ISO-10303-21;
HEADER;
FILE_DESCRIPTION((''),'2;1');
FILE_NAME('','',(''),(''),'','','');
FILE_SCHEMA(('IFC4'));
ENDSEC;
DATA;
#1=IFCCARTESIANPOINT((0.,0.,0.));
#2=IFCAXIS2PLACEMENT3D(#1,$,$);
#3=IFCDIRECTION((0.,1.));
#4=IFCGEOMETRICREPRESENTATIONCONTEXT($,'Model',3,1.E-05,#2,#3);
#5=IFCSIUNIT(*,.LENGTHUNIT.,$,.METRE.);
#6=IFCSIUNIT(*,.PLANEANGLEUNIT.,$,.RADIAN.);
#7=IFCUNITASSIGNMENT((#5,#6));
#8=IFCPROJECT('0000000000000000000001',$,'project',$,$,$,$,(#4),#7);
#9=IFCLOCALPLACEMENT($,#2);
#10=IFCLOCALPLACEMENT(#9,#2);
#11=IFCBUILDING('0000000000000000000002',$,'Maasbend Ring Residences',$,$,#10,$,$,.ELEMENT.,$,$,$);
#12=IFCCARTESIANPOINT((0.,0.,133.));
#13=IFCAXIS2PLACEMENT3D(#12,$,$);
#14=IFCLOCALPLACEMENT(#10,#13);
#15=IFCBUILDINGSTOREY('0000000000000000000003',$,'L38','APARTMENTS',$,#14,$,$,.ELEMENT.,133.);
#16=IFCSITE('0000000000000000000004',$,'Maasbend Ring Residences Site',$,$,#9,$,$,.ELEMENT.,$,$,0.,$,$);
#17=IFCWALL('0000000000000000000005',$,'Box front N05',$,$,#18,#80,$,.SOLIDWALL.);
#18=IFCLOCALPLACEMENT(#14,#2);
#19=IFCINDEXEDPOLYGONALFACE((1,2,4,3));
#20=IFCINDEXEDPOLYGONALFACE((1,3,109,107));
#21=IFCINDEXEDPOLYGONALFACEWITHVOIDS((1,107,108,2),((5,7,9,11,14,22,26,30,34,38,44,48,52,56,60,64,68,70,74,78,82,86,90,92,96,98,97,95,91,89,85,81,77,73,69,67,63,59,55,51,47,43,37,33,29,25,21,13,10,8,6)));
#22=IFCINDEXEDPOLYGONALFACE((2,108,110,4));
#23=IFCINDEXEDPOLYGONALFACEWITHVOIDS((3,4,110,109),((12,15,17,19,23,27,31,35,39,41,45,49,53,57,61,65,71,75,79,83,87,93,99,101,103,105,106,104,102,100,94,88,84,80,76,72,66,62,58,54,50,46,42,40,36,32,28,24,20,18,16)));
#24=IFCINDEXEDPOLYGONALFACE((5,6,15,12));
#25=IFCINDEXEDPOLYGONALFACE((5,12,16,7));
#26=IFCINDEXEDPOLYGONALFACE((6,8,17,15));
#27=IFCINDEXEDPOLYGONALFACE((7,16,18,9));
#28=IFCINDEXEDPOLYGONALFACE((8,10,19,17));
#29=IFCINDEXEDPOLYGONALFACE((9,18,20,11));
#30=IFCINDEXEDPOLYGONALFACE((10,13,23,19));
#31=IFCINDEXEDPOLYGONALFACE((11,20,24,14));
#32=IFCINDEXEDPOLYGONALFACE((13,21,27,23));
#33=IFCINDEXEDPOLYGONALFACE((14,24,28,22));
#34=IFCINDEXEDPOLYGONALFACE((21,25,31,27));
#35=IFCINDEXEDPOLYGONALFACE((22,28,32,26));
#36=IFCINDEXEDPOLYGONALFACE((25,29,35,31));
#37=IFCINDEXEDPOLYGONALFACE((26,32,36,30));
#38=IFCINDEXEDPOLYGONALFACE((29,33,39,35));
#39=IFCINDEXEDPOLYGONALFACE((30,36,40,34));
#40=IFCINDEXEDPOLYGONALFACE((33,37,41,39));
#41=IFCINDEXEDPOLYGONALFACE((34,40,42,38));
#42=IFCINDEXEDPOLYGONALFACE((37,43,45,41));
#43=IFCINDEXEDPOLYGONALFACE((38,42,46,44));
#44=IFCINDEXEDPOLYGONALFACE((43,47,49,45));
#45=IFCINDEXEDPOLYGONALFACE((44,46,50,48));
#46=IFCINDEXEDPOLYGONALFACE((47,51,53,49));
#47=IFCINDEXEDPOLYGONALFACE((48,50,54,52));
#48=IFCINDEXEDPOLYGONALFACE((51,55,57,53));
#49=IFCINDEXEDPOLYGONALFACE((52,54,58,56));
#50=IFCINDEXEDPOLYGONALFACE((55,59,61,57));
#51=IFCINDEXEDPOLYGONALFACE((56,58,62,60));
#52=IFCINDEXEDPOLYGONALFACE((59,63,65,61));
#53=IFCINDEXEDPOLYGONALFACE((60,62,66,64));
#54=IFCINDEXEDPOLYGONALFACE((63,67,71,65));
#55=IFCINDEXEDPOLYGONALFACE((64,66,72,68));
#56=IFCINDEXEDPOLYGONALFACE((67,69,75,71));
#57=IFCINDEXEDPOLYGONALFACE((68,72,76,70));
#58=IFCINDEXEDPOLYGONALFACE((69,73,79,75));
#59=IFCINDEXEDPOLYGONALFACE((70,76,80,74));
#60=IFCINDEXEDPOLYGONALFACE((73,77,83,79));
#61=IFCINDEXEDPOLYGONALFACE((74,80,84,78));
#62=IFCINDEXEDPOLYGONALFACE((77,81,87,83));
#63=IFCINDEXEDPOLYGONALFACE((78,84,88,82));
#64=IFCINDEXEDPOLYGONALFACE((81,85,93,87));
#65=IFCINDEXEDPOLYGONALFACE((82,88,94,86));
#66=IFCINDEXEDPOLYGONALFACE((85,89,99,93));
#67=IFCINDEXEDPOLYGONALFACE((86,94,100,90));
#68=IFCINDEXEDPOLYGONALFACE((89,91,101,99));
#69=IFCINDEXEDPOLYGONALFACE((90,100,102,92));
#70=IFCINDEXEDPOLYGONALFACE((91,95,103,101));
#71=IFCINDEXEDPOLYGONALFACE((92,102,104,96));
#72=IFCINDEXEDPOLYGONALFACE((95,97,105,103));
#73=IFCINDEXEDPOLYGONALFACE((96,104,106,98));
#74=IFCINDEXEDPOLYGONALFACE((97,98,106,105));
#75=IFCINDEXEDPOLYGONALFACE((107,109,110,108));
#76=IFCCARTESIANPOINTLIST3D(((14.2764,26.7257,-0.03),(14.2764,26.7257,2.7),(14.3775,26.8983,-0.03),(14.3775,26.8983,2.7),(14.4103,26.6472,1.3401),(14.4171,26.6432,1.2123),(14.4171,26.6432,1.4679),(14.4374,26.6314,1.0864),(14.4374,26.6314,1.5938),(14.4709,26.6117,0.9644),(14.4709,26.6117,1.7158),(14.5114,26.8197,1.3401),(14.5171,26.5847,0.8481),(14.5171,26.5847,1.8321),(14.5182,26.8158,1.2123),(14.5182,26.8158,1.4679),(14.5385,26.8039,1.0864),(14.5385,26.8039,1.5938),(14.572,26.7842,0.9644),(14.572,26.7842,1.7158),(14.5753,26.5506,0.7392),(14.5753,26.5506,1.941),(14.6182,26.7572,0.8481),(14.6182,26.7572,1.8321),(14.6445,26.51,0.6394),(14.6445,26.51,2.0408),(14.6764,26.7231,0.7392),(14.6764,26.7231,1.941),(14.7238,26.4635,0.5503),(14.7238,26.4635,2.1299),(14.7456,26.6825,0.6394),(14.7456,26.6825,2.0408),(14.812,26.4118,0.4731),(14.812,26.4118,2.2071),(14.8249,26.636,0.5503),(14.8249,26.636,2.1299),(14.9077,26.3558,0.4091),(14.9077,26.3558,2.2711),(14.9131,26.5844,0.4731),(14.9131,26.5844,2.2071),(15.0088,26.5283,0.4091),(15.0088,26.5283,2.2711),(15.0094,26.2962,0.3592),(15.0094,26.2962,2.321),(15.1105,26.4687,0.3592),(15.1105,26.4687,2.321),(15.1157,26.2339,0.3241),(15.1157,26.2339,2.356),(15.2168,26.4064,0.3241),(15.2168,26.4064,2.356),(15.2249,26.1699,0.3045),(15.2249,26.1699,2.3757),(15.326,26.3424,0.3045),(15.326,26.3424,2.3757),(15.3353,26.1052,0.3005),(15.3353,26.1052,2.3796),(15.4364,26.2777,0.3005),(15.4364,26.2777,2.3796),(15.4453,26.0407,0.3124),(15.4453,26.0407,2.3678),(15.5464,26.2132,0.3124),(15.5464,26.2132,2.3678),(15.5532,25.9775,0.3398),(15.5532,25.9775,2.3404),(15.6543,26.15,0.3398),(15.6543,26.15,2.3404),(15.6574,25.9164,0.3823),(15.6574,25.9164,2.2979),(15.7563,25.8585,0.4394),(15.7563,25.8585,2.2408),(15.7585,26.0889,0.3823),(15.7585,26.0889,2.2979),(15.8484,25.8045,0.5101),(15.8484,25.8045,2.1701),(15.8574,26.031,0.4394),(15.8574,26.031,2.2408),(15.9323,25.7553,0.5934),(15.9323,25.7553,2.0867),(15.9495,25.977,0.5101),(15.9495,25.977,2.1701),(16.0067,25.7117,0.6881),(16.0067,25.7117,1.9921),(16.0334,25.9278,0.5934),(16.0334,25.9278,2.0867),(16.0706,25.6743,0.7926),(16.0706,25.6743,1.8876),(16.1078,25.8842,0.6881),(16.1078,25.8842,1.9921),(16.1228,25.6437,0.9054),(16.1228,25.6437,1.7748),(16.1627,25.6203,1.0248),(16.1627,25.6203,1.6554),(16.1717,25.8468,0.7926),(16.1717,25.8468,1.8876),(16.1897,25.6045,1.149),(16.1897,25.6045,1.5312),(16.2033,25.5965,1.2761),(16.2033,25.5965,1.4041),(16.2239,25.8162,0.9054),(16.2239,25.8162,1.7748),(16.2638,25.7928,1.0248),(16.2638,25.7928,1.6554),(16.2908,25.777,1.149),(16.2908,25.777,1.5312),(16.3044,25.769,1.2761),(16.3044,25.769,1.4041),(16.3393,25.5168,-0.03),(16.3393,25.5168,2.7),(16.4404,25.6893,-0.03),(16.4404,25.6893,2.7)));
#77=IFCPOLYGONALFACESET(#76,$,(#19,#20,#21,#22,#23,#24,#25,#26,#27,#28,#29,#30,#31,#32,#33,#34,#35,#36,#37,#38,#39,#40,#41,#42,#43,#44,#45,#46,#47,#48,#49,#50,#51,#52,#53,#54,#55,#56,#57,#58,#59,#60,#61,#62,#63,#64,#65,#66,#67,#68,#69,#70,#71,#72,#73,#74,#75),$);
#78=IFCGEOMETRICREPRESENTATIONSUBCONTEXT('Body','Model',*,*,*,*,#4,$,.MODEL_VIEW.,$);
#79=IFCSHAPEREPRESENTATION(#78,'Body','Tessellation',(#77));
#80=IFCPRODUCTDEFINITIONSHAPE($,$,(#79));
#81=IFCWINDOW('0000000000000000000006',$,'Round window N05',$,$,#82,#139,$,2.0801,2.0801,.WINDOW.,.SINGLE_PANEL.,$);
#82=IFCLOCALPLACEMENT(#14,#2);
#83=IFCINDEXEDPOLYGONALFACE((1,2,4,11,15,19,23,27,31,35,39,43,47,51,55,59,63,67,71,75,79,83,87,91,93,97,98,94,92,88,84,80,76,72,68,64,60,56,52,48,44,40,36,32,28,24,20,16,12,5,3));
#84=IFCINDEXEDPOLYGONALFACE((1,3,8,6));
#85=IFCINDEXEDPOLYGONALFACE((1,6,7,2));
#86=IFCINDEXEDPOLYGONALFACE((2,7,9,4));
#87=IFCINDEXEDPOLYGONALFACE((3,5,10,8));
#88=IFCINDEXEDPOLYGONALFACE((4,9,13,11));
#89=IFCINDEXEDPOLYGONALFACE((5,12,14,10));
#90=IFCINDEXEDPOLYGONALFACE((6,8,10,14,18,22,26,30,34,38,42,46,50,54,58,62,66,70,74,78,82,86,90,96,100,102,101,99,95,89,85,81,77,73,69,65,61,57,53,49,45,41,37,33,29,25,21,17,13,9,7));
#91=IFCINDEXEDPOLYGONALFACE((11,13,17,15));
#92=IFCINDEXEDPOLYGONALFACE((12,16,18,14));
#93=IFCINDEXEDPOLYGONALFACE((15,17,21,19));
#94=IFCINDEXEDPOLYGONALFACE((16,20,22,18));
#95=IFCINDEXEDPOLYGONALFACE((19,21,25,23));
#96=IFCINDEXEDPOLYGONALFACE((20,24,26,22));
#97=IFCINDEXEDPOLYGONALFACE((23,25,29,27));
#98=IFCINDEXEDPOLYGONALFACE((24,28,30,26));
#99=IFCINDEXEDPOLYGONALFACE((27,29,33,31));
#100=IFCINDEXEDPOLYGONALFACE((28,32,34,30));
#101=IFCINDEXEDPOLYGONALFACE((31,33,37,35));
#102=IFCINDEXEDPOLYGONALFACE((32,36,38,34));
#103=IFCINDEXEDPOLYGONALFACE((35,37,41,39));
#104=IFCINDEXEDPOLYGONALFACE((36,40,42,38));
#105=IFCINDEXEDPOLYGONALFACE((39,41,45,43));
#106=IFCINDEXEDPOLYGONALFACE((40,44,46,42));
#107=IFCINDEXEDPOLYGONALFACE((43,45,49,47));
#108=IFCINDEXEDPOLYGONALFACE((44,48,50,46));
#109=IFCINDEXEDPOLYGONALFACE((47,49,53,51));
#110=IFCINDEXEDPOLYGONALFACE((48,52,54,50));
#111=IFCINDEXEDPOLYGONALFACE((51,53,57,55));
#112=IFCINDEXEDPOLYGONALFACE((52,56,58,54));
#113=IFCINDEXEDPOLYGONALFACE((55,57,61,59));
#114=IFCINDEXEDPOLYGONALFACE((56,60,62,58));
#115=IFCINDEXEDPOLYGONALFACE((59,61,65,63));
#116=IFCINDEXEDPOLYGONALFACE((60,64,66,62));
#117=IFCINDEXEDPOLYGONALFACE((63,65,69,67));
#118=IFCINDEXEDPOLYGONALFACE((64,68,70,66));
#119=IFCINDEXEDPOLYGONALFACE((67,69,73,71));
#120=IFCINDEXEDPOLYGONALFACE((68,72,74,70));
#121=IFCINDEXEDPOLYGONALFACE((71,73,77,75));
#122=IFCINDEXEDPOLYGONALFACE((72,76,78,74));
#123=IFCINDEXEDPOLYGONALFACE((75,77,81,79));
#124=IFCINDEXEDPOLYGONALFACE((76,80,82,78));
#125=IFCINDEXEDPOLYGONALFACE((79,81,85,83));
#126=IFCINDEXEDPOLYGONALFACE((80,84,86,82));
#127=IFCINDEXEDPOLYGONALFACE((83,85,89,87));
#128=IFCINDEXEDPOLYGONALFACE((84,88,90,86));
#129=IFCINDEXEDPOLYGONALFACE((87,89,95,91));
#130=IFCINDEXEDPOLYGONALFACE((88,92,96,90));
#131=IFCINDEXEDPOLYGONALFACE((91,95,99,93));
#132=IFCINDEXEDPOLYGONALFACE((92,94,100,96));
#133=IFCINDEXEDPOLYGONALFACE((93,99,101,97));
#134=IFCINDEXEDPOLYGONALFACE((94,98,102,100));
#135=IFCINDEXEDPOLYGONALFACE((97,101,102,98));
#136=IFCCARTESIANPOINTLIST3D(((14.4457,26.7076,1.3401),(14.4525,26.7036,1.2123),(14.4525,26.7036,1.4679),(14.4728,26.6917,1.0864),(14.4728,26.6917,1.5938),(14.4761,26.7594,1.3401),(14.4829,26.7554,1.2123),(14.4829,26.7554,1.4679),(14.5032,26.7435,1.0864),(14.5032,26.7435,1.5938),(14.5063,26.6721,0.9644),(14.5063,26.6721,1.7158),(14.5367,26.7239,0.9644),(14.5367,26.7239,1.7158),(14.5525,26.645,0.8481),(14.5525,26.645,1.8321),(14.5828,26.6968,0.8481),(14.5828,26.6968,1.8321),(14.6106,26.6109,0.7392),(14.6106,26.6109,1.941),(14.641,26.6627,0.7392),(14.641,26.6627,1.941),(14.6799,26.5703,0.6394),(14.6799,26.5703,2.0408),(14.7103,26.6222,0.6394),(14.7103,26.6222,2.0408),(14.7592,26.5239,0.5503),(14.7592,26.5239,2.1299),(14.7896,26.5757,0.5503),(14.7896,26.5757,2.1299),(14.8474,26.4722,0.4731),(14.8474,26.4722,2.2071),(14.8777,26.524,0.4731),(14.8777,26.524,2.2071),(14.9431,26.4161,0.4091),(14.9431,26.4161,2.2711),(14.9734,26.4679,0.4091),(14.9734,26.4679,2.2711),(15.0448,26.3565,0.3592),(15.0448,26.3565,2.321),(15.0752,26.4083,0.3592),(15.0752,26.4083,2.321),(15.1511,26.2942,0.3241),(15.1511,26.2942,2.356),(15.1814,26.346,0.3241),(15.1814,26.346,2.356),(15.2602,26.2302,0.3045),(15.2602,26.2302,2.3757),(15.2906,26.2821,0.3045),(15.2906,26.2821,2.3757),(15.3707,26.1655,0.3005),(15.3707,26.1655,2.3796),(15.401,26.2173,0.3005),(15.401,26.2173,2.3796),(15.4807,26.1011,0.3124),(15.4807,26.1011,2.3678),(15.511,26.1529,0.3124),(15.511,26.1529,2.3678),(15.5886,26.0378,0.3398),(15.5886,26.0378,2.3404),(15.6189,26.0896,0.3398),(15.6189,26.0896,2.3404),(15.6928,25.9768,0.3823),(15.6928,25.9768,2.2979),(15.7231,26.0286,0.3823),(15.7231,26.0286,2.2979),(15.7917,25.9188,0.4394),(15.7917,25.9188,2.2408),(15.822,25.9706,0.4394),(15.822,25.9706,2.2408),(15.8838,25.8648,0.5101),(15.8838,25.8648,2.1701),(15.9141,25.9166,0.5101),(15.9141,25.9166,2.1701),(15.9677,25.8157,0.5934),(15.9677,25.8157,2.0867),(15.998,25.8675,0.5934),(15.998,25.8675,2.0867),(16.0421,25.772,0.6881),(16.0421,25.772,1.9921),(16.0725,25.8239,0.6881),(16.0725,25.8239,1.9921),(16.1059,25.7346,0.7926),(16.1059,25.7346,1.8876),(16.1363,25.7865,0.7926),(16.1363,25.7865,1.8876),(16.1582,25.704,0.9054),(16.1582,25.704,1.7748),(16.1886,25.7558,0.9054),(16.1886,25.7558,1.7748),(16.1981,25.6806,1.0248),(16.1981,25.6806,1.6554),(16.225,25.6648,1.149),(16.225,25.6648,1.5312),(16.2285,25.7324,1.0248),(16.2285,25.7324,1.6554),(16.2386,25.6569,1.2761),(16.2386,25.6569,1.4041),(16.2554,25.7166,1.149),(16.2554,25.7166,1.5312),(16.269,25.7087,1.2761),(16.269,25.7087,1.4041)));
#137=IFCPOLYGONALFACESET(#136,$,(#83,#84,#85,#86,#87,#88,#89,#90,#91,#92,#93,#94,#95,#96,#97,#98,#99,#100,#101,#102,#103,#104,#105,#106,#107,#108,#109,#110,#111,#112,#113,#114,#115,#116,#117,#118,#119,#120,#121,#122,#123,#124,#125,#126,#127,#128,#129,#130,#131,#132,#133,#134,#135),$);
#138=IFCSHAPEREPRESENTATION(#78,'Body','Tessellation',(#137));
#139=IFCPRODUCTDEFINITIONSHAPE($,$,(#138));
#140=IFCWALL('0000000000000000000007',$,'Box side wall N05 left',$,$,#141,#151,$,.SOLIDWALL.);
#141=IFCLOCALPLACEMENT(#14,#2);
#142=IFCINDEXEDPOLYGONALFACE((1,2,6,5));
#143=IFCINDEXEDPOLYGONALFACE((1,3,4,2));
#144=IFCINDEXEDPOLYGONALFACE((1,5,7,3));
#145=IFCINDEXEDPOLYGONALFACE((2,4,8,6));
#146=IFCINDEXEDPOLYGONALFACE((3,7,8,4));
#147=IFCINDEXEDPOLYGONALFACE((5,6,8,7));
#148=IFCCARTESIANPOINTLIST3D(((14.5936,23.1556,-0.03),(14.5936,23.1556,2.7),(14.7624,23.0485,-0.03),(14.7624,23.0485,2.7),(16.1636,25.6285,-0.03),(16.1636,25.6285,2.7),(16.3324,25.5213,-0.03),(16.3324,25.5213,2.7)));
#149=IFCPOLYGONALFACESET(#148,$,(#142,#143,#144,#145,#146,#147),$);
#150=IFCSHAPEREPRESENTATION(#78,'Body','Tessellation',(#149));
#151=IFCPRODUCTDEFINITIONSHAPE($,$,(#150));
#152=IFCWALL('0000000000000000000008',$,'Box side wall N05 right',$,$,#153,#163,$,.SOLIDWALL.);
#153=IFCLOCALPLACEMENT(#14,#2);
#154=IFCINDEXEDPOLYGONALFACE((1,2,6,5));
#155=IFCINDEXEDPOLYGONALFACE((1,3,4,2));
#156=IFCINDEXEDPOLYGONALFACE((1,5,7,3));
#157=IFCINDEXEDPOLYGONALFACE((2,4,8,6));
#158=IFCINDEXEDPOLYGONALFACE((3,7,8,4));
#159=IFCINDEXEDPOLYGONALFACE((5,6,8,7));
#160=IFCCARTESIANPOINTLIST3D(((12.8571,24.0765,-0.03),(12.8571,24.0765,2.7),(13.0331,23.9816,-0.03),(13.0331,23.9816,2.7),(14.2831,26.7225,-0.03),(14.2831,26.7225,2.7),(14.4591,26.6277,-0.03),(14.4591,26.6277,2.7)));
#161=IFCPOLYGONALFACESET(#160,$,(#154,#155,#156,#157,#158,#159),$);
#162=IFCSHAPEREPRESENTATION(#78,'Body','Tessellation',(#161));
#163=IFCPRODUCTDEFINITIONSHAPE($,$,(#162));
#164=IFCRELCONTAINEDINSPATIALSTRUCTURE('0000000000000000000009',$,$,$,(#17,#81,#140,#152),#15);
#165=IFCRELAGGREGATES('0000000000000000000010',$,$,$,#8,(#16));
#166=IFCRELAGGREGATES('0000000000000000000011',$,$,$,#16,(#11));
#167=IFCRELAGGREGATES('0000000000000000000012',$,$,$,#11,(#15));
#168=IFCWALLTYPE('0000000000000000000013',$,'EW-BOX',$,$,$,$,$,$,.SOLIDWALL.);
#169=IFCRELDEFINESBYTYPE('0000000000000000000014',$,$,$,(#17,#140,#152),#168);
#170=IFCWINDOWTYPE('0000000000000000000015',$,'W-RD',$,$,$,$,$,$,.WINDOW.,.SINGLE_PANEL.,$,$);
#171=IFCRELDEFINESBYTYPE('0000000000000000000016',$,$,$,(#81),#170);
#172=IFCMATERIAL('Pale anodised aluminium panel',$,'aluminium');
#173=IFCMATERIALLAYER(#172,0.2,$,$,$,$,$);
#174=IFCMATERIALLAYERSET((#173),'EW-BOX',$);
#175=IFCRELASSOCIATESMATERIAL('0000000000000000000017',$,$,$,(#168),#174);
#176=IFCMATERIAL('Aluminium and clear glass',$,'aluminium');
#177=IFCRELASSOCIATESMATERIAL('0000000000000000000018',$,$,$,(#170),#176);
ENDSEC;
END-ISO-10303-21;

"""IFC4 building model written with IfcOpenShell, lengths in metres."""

from ifc_helpers import new_model, si_unit, direction, frame, frame_2d, origin, place, context, subcontext, project, spatial, rectangle, circle, extrude, material, layer, layer_set, type_object, element, fill, save


model = new_model("IFC4")

# Units and contexts
model_context = context("Model", 3, precision=1e-05, world=origin(), true_north=direction((0.0, 1.0)))
body_context = subcontext(model_context, "Body", "Model", "MODEL_VIEW")
ifc_project = project(units=[si_unit("LENGTHUNIT", "METRE"), si_unit("PLANEANGLEUNIT", "RADIAN")], contexts=[model_context])

# Site, building, storey
site_placement = place(None, origin())
site = spatial("IfcSite", under=ifc_project, at=site_placement, Name="Maasbend Ring Residences Site", CompositionType="ELEMENT", RefElevation=0.0)
building_placement = place(site_placement, origin())
building = spatial("IfcBuilding", under=site, at=building_placement, Name="Maasbend Ring Residences", CompositionType="ELEMENT")
storey_placement = place(building_placement, frame((0.0, 0.0, 133.0)))
storey = spatial("IfcBuildingStorey", under=building, at=storey_placement, Name="L38", Description="APARTMENTS", CompositionType="ELEMENT", Elevation=133.0)

# Shared definitions
ifc_material_1 = material(Name="Pale anodised aluminium panel", Category="aluminium")
ifc_layer_1 = layer(ifc_material_1, 0.2)
ifc_layer_set_1 = layer_set([ifc_layer_1], Name="EW-BOX")
wall_type_1 = type_object("IfcWallType", Name="EW-BOX", PredefinedType="SOLIDWALL", material=ifc_layer_set_1)
ifc_material_2 = material(Name="Aluminium and clear glass", Category="aluminium")
window_type_1 = type_object("IfcWindowType", Name="W-RD", PartitioningType="SINGLE_PANEL", PredefinedType="WINDOW", material=ifc_material_2)

# Wall, opening, window
wall_1_placement = place(storey_placement, frame((16.3899, 25.603, -0.03), z_axis=(0.0, 0.0, 1.0), x_axis=(-0.862762, 0.505609, 0.0)))
wall_1 = element("IfcWall", 1, at=wall_1_placement, inside=storey, type_object=wall_type_1, Name="Box front N05", PredefinedType="SOLIDWALL", context=body_context, shape_type="SweptSolid", body=[
    extrude(rectangle(XDim=2.3911, YDim=0.2, at=frame_2d((1.1956, 0.0))), origin(), (0.0, 0.0, 1.0), 2.73),
])
opening_1_placement = place(wall_1_placement, frame((0.1558, 0.0, 0.3301)))
opening_1 = element("IfcOpeningElement", 2, at=opening_1_placement, cuts=wall_1, PredefinedType="OPENING", context=body_context, shape_type="SweptSolid", body=[
    extrude(circle(Radius=1.04, at=frame_2d((1.04, 1.04))), frame((0.0, 0.1099, 0.0), z_axis=(0.0, -1.0, 0.0), x_axis=(1.0, 0.0, 0.0)), (0.0, 0.0, 1.0), 0.22),
])
window_1_placement = place(opening_1_placement, origin())
window_1 = element("IfcWindow", 3, at=window_1_placement, inside=storey, type_object=window_type_1, Name="Round window N05", OverallHeight=2.0801, OverallWidth=2.0801, PartitioningType="SINGLE_PANEL", PredefinedType="WINDOW", context=body_context, shape_type="SweptSolid", body=[
    extrude(circle(Radius=1.04, at=frame_2d((1.04, 1.04))), frame((0.0, 0.03, 0.0), z_axis=(0.0, -1.0, 0.0), x_axis=(1.0, 0.0, 0.0)), (0.0, 0.0, 1.0), 0.0601),
])
fill(opening_1, window_1)

# Walls
wall_2_placement = place(storey_placement, frame((14.678, 23.1021, -0.03), z_axis=(0.0, 0.0, 1.0), x_axis=(0.536002, 0.844217, 0.0)))
element("IfcWall", 4, at=wall_2_placement, inside=storey, type_object=wall_type_1, Name="Box side wall N05 left", PredefinedType="SOLIDWALL", context=body_context, shape_type="SweptSolid", body=[
    extrude(rectangle(XDim=2.9292, YDim=0.2, at=frame_2d((1.4646, 0.0))), origin(), (0.0, 0.0, 1.0), 2.73),
])
wall_3_placement = place(storey_placement, frame((12.9451, 24.0291, -0.03), z_axis=(0.0, 0.0, 1.0), x_axis=(0.474424, 0.880296, 0.0)))
element("IfcWall", 5, at=wall_3_placement, inside=storey, type_object=wall_type_1, Name="Box side wall N05 right", PredefinedType="SOLIDWALL", context=body_context, shape_type="SweptSolid", body=[
    extrude(rectangle(XDim=3.0059, YDim=0.2, at=frame_2d((1.5029, 0.0))), origin(), (0.0, 0.0, 1.0), 2.73),
])

save(model, "model.ifc")
